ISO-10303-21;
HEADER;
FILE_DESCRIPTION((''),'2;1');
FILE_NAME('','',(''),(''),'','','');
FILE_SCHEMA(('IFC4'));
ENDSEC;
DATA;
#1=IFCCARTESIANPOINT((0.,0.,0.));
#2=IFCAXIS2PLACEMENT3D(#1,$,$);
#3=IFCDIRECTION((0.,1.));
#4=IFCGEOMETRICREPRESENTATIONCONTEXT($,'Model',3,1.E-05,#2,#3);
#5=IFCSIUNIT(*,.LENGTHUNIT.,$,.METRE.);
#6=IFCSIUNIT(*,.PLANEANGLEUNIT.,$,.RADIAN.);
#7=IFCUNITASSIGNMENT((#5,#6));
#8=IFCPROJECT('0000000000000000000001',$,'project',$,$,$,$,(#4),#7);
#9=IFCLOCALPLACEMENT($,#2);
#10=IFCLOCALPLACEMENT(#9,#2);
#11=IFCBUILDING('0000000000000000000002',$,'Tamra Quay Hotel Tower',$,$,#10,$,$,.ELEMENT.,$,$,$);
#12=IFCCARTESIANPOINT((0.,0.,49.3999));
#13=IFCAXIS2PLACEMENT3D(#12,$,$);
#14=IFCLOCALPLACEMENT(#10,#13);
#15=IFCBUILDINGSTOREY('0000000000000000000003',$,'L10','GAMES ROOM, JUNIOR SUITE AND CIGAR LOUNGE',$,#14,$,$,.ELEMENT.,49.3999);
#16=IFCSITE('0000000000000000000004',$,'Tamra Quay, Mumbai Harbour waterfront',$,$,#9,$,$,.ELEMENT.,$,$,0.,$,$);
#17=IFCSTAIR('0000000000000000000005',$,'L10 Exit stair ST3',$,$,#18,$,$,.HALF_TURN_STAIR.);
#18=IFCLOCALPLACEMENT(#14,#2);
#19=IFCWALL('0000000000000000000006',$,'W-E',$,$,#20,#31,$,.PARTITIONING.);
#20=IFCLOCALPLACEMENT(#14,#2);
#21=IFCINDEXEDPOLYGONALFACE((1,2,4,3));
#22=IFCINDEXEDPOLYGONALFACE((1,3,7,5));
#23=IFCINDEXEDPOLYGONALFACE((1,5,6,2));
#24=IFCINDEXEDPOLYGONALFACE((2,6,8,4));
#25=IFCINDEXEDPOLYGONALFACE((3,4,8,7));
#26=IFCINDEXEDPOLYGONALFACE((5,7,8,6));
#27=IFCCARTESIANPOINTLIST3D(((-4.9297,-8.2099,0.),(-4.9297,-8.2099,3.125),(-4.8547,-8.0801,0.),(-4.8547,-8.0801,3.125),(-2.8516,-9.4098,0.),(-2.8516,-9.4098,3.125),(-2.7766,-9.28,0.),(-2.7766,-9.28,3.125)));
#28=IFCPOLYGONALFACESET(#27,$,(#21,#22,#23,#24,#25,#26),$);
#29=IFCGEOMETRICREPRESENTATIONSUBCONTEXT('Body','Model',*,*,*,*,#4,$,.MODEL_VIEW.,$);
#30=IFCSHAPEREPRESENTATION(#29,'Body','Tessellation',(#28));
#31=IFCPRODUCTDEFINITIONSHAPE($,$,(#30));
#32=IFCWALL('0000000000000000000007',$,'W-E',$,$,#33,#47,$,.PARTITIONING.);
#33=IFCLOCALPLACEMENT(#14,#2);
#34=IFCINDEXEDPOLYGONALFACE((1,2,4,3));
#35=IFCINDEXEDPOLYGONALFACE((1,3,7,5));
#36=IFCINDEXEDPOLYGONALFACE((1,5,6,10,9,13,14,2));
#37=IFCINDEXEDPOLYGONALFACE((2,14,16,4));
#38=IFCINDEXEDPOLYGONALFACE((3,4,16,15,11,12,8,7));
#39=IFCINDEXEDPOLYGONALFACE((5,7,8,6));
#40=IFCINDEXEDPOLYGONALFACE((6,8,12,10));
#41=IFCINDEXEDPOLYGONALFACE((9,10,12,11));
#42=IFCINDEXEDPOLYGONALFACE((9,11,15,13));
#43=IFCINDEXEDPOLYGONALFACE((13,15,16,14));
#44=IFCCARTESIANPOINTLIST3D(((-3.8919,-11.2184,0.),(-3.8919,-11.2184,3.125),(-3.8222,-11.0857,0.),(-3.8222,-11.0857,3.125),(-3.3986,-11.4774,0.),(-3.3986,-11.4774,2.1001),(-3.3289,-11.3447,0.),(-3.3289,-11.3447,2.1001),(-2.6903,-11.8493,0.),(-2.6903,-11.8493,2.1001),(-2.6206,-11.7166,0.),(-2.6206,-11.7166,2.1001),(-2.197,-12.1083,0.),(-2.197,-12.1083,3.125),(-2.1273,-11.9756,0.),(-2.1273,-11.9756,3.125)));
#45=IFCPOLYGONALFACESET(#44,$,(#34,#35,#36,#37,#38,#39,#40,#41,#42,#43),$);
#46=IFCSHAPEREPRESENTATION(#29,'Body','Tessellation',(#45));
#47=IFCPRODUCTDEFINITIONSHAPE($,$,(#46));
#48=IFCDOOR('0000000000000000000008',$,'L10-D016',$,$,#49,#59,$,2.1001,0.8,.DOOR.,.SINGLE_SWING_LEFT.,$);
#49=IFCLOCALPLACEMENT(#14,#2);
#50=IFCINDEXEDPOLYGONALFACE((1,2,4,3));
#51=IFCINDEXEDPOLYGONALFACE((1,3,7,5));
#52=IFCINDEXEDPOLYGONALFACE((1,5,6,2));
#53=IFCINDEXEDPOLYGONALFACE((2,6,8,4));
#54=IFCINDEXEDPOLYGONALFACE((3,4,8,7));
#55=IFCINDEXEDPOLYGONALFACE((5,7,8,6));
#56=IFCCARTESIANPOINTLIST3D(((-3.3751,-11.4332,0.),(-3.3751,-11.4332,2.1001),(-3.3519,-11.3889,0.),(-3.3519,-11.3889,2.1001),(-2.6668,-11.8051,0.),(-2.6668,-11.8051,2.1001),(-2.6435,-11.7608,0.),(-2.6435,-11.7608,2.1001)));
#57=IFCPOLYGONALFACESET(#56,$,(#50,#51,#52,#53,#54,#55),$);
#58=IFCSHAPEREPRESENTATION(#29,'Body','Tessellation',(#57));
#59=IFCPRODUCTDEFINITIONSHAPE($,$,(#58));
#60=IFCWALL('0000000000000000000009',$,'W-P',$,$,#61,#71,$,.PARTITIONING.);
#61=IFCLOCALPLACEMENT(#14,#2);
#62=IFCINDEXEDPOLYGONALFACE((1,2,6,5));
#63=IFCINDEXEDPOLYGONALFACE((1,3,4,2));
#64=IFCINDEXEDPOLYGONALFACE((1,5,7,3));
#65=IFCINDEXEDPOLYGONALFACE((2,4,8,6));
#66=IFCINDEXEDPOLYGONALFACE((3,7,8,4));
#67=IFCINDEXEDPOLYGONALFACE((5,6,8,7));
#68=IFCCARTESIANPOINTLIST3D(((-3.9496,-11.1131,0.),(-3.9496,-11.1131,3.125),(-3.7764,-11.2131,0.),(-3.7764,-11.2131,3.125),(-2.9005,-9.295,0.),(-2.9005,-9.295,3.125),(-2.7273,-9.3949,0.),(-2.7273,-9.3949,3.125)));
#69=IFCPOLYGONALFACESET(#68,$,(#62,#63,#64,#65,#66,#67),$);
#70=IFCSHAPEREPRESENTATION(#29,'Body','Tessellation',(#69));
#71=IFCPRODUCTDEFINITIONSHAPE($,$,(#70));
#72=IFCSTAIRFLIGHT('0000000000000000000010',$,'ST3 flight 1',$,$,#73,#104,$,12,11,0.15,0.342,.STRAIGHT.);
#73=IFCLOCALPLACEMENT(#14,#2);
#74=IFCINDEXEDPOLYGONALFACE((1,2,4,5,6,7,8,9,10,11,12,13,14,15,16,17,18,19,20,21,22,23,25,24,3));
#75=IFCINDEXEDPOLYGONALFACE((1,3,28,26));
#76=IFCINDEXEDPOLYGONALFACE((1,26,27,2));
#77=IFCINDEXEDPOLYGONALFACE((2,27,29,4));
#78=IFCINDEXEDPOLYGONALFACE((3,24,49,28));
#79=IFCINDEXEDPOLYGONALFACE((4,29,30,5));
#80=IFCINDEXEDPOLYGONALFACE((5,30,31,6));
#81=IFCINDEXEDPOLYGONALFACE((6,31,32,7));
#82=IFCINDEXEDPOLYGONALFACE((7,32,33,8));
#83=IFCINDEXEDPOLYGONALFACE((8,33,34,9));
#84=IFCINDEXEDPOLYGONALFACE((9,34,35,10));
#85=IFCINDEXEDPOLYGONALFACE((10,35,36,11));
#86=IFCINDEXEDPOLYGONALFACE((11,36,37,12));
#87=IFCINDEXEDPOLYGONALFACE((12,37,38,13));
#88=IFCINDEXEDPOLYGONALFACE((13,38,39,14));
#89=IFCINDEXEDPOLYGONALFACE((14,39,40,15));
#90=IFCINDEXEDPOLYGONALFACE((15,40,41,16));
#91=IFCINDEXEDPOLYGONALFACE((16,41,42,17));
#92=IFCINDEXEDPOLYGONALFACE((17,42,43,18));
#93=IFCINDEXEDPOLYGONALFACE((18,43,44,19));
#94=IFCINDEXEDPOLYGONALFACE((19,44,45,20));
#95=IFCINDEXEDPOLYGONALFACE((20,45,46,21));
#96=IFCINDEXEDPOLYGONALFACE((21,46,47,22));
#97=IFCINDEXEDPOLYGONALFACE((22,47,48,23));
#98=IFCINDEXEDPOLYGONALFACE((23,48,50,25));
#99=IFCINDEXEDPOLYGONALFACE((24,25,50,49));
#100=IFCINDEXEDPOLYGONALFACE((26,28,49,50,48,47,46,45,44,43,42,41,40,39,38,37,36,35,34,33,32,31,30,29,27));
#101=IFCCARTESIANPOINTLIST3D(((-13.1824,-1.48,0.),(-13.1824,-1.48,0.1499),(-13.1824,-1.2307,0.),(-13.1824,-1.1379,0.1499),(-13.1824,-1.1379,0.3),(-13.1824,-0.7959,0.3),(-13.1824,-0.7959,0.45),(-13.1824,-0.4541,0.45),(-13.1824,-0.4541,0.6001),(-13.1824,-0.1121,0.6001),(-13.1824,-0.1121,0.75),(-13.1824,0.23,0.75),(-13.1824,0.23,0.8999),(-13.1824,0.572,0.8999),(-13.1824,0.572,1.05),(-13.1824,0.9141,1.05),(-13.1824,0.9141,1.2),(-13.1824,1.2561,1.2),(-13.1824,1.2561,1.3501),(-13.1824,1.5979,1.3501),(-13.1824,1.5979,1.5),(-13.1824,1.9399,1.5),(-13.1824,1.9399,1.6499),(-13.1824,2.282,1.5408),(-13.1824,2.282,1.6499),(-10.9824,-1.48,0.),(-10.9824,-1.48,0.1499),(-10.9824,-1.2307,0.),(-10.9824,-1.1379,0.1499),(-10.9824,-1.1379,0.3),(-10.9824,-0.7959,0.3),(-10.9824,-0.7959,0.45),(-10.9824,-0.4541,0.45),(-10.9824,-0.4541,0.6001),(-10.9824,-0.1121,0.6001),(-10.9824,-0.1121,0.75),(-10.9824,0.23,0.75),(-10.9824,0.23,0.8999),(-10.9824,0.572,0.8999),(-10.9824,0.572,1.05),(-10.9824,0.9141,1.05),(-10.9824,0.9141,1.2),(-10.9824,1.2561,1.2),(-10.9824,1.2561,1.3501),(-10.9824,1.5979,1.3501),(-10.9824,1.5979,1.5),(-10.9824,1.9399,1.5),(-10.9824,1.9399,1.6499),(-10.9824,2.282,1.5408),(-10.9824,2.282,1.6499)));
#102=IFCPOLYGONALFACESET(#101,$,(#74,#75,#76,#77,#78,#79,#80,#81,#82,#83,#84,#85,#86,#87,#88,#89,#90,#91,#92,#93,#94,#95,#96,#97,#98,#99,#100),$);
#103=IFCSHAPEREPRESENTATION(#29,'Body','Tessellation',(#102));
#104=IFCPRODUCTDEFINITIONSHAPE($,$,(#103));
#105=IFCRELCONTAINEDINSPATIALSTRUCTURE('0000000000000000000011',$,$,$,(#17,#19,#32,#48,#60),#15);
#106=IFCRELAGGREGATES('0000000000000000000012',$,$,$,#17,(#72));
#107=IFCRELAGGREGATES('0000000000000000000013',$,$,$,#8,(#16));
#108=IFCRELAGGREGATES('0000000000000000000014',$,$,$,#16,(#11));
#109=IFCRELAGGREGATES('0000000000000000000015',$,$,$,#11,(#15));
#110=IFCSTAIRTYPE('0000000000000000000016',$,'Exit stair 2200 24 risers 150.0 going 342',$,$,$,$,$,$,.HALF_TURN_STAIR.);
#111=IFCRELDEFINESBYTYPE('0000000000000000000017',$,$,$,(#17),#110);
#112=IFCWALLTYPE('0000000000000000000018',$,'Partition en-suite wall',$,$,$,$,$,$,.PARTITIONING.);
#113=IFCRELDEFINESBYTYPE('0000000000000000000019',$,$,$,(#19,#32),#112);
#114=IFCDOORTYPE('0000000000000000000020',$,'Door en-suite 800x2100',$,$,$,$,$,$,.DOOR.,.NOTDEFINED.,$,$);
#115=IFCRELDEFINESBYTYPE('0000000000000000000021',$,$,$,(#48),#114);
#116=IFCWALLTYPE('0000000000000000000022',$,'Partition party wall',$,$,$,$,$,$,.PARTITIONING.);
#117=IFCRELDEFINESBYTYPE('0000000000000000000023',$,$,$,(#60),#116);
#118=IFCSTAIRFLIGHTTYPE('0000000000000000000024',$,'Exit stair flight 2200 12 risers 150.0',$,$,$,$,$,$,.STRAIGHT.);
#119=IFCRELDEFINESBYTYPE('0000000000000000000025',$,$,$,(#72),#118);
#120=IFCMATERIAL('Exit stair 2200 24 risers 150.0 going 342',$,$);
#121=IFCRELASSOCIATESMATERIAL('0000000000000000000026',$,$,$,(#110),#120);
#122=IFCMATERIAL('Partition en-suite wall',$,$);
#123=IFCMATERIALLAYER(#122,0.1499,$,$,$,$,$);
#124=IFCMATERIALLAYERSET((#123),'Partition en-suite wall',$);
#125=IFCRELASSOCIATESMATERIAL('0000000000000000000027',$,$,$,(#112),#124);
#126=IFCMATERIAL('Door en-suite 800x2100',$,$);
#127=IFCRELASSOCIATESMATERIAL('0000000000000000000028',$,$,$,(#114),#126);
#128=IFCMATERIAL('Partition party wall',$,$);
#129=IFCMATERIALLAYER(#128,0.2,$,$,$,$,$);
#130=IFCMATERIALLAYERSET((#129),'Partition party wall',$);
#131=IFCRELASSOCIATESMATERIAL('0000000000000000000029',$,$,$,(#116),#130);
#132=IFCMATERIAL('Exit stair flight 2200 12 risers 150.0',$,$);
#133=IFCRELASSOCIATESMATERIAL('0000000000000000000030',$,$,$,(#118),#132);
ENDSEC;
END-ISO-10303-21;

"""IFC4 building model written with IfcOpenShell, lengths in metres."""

from ifc_helpers import new_model, si_unit, direction, frame, frame_2d, origin, place, context, subcontext, project, spatial, polyline, rectangle, outline, extrude, material, layer, layer_set, type_object, element, fill, aggregate, save


model = new_model("IFC4")

# Units and contexts
model_context = context("Model", 3, precision=1e-05, world=origin(), true_north=direction((0.0, 1.0)))
body_context = subcontext(model_context, "Body", "Model", "MODEL_VIEW")
ifc_project = project(units=[si_unit("LENGTHUNIT", "METRE"), si_unit("PLANEANGLEUNIT", "RADIAN")], contexts=[model_context])

# Site, building, storey
site_placement = place(None, origin())
site = spatial("IfcSite", under=ifc_project, at=site_placement, Name="Tamra Quay, Mumbai Harbour waterfront", CompositionType="ELEMENT", RefElevation=0.0)
building_placement = place(site_placement, origin())
building = spatial("IfcBuilding", under=site, at=building_placement, Name="Tamra Quay Hotel Tower", CompositionType="ELEMENT")
storey_placement = place(building_placement, frame((0.0, 0.0, 49.3999)))
storey = spatial("IfcBuildingStorey", under=building, at=storey_placement, Name="L10", Description="GAMES ROOM, JUNIOR SUITE AND CIGAR LOUNGE", CompositionType="ELEMENT", Elevation=49.3999)

# Stair
ifc_material_1 = material(Name="Exit stair 2200 24 risers 150.0 going 342")
stair_type = type_object("IfcStairType", Name="Exit stair 2200 24 risers 150.0 going 342", PredefinedType="HALF_TURN_STAIR", material=ifc_material_1)
stair_1_placement = place(storey_placement, origin())
stair_1 = element("IfcStair", 1, at=stair_1_placement, inside=storey, type_object=stair_type, Name="L10 Exit stair ST3", PredefinedType="HALF_TURN_STAIR")

# Shared definitions
ifc_material_2 = material(Name="Partition en-suite wall")
ifc_layer_1 = layer(ifc_material_2, 0.1499)
ifc_layer_set_1 = layer_set([ifc_layer_1], Name="Partition en-suite wall")
wall_type_1 = type_object("IfcWallType", Name="Partition en-suite wall", PredefinedType="PARTITIONING", material=ifc_layer_set_1)
ifc_material_3 = material(Name="Door en-suite 800x2100")
door_type_1 = type_object("IfcDoorType", Name="Door en-suite 800x2100", OperationType="NOTDEFINED", PredefinedType="DOOR", material=ifc_material_3)

# Wall
wall_1_placement = place(storey_placement, frame((-4.8921, -8.145, 0.0), z_axis=(0.0, 0.0, 1.0), x_axis=(0.865999, -0.500045, 0.0)))
element("IfcWall", 2, at=wall_1_placement, inside=storey, type_object=wall_type_1, Name="W-E", PredefinedType="PARTITIONING", context=body_context, shape_type="SweptSolid", body=[
    extrude(rectangle(XDim=2.3997, YDim=0.1499, at=frame_2d((1.1997, 0.0))), origin(), (0.0, 0.0, 1.0), 3.125),
])

# Wall, opening, door
wall_2_placement = place(storey_placement, frame((-3.8569, -11.1521, 0.0), z_axis=(0.0, 0.0, 1.0), x_axis=(0.885374, -0.464879, 0.0)))
wall_2 = element("IfcWall", 3, at=wall_2_placement, inside=storey, type_object=wall_type_1, Name="W-E", PredefinedType="PARTITIONING", context=body_context, shape_type="SweptSolid", body=[
    extrude(rectangle(XDim=1.9143, YDim=0.1499, at=frame_2d((0.957, 0.0))), origin(), (0.0, 0.0, 1.0), 3.125),
])
opening_1_placement = place(wall_2_placement, frame((0.5571, 0.0, 0.0)))
opening_1 = element("IfcOpeningElement", 4, at=opening_1_placement, cuts=wall_2, PredefinedType="OPENING", context=body_context, shape_type="SweptSolid", body=[
    extrude(rectangle(XDim=0.8, YDim=2.1001, at=frame_2d((0.3999, 1.05))), frame((0.0, 0.085, 0.0), z_axis=(0.0, -1.0, 0.0), x_axis=(1.0, 0.0, 0.0)), (0.0, 0.0, 1.0), 0.1699),
])
door_1_placement = place(opening_1_placement, frame((0.8, 0.0, 0.0), z_axis=(0.0, 0.0, 1.0), x_axis=(-1.0, 0.0, 0.0)))
door_1 = element("IfcDoor", 5, at=door_1_placement, inside=storey, type_object=door_type_1, Name="L10-D016", OperationType="SINGLE_SWING_LEFT", OverallHeight=2.1001, OverallWidth=0.8, PredefinedType="DOOR", context=body_context, shape_type="SweptSolid", body=[
    extrude(rectangle(XDim=0.8, YDim=2.1001, at=frame_2d((0.3999, 1.05))), frame((0.0, 0.0249, 0.0), z_axis=(0.0, -1.0, 0.0), x_axis=(1.0, 0.0, 0.0)), (0.0, 0.0, 1.0), 0.05),
])
fill(opening_1, door_1)

# Wall
ifc_material_4 = material(Name="Partition party wall")
ifc_layer_2 = layer(ifc_material_4, 0.2)
ifc_layer_set_2 = layer_set([ifc_layer_2], Name="Partition party wall")
wall_type_2 = type_object("IfcWallType", Name="Partition party wall", PredefinedType="PARTITIONING", material=ifc_layer_set_2)
wall_3_placement = place(storey_placement, frame((-3.863, -11.1631, 0.0), z_axis=(0.0, 0.0, 1.0), x_axis=(0.49978, 0.866153, 0.0)))
element("IfcWall", 6, at=wall_3_placement, inside=storey, type_object=wall_type_2, Name="W-P", PredefinedType="PARTITIONING", context=body_context, shape_type="SweptSolid", body=[
    extrude(rectangle(XDim=2.0991, YDim=0.2, at=frame_2d((1.0496, 0.0))), origin(), (0.0, 0.0, 1.0), 3.125),
])

# Stair flight
ifc_material_5 = material(Name="Exit stair flight 2200 12 risers 150.0")
stair_flight_type = type_object("IfcStairFlightType", Name="Exit stair flight 2200 12 risers 150.0", PredefinedType="STRAIGHT", material=ifc_material_5)
stair_flight_placement = place(storey_placement, frame((-12.0823, -1.48, 0.0), z_axis=(0.0, 0.0, 1.0), x_axis=(0.0, 1.0, 0.0)))
stair_flight = element("IfcStairFlight", 7, at=stair_flight_placement, type_object=stair_flight_type, Name="ST3 flight 1", NumberOfRisers=12, NumberOfTreads=11, PredefinedType="STRAIGHT", RiserHeight=0.15, TreadLength=0.342, context=body_context, shape_type="SweptSolid", body=[
    extrude(outline(polyline([(0.0, 0.0), (0.0, 0.1499), (0.342, 0.1499), (0.342, 0.3), (0.6841, 0.3), (0.6841, 0.45), (1.0259, 0.45), (1.0259, 0.6001), (1.3679, 0.6001), (1.3679, 0.75), (1.71, 0.75), (1.71, 0.8999), (2.052, 0.8999), (2.052, 1.05), (2.394, 1.05), (2.394, 1.2), (2.7361, 1.2), (2.7361, 1.3501), (3.0779, 1.3501), (3.0779, 1.5), (3.4199, 1.5), (3.4199, 1.6499), (3.762, 1.6499), (3.762, 1.8), (3.762, 1.5408), (0.2493, 0.0), (0.0, 0.0)])), frame((0.0, 1.1001, 0.0), z_axis=(0.0, -1.0, 0.0), x_axis=(1.0, 0.0, 0.0)), (0.0, 0.0, 1.0), 2.2),
])
aggregate(stair_1, [stair_flight])

save(model, "model.ifc")
